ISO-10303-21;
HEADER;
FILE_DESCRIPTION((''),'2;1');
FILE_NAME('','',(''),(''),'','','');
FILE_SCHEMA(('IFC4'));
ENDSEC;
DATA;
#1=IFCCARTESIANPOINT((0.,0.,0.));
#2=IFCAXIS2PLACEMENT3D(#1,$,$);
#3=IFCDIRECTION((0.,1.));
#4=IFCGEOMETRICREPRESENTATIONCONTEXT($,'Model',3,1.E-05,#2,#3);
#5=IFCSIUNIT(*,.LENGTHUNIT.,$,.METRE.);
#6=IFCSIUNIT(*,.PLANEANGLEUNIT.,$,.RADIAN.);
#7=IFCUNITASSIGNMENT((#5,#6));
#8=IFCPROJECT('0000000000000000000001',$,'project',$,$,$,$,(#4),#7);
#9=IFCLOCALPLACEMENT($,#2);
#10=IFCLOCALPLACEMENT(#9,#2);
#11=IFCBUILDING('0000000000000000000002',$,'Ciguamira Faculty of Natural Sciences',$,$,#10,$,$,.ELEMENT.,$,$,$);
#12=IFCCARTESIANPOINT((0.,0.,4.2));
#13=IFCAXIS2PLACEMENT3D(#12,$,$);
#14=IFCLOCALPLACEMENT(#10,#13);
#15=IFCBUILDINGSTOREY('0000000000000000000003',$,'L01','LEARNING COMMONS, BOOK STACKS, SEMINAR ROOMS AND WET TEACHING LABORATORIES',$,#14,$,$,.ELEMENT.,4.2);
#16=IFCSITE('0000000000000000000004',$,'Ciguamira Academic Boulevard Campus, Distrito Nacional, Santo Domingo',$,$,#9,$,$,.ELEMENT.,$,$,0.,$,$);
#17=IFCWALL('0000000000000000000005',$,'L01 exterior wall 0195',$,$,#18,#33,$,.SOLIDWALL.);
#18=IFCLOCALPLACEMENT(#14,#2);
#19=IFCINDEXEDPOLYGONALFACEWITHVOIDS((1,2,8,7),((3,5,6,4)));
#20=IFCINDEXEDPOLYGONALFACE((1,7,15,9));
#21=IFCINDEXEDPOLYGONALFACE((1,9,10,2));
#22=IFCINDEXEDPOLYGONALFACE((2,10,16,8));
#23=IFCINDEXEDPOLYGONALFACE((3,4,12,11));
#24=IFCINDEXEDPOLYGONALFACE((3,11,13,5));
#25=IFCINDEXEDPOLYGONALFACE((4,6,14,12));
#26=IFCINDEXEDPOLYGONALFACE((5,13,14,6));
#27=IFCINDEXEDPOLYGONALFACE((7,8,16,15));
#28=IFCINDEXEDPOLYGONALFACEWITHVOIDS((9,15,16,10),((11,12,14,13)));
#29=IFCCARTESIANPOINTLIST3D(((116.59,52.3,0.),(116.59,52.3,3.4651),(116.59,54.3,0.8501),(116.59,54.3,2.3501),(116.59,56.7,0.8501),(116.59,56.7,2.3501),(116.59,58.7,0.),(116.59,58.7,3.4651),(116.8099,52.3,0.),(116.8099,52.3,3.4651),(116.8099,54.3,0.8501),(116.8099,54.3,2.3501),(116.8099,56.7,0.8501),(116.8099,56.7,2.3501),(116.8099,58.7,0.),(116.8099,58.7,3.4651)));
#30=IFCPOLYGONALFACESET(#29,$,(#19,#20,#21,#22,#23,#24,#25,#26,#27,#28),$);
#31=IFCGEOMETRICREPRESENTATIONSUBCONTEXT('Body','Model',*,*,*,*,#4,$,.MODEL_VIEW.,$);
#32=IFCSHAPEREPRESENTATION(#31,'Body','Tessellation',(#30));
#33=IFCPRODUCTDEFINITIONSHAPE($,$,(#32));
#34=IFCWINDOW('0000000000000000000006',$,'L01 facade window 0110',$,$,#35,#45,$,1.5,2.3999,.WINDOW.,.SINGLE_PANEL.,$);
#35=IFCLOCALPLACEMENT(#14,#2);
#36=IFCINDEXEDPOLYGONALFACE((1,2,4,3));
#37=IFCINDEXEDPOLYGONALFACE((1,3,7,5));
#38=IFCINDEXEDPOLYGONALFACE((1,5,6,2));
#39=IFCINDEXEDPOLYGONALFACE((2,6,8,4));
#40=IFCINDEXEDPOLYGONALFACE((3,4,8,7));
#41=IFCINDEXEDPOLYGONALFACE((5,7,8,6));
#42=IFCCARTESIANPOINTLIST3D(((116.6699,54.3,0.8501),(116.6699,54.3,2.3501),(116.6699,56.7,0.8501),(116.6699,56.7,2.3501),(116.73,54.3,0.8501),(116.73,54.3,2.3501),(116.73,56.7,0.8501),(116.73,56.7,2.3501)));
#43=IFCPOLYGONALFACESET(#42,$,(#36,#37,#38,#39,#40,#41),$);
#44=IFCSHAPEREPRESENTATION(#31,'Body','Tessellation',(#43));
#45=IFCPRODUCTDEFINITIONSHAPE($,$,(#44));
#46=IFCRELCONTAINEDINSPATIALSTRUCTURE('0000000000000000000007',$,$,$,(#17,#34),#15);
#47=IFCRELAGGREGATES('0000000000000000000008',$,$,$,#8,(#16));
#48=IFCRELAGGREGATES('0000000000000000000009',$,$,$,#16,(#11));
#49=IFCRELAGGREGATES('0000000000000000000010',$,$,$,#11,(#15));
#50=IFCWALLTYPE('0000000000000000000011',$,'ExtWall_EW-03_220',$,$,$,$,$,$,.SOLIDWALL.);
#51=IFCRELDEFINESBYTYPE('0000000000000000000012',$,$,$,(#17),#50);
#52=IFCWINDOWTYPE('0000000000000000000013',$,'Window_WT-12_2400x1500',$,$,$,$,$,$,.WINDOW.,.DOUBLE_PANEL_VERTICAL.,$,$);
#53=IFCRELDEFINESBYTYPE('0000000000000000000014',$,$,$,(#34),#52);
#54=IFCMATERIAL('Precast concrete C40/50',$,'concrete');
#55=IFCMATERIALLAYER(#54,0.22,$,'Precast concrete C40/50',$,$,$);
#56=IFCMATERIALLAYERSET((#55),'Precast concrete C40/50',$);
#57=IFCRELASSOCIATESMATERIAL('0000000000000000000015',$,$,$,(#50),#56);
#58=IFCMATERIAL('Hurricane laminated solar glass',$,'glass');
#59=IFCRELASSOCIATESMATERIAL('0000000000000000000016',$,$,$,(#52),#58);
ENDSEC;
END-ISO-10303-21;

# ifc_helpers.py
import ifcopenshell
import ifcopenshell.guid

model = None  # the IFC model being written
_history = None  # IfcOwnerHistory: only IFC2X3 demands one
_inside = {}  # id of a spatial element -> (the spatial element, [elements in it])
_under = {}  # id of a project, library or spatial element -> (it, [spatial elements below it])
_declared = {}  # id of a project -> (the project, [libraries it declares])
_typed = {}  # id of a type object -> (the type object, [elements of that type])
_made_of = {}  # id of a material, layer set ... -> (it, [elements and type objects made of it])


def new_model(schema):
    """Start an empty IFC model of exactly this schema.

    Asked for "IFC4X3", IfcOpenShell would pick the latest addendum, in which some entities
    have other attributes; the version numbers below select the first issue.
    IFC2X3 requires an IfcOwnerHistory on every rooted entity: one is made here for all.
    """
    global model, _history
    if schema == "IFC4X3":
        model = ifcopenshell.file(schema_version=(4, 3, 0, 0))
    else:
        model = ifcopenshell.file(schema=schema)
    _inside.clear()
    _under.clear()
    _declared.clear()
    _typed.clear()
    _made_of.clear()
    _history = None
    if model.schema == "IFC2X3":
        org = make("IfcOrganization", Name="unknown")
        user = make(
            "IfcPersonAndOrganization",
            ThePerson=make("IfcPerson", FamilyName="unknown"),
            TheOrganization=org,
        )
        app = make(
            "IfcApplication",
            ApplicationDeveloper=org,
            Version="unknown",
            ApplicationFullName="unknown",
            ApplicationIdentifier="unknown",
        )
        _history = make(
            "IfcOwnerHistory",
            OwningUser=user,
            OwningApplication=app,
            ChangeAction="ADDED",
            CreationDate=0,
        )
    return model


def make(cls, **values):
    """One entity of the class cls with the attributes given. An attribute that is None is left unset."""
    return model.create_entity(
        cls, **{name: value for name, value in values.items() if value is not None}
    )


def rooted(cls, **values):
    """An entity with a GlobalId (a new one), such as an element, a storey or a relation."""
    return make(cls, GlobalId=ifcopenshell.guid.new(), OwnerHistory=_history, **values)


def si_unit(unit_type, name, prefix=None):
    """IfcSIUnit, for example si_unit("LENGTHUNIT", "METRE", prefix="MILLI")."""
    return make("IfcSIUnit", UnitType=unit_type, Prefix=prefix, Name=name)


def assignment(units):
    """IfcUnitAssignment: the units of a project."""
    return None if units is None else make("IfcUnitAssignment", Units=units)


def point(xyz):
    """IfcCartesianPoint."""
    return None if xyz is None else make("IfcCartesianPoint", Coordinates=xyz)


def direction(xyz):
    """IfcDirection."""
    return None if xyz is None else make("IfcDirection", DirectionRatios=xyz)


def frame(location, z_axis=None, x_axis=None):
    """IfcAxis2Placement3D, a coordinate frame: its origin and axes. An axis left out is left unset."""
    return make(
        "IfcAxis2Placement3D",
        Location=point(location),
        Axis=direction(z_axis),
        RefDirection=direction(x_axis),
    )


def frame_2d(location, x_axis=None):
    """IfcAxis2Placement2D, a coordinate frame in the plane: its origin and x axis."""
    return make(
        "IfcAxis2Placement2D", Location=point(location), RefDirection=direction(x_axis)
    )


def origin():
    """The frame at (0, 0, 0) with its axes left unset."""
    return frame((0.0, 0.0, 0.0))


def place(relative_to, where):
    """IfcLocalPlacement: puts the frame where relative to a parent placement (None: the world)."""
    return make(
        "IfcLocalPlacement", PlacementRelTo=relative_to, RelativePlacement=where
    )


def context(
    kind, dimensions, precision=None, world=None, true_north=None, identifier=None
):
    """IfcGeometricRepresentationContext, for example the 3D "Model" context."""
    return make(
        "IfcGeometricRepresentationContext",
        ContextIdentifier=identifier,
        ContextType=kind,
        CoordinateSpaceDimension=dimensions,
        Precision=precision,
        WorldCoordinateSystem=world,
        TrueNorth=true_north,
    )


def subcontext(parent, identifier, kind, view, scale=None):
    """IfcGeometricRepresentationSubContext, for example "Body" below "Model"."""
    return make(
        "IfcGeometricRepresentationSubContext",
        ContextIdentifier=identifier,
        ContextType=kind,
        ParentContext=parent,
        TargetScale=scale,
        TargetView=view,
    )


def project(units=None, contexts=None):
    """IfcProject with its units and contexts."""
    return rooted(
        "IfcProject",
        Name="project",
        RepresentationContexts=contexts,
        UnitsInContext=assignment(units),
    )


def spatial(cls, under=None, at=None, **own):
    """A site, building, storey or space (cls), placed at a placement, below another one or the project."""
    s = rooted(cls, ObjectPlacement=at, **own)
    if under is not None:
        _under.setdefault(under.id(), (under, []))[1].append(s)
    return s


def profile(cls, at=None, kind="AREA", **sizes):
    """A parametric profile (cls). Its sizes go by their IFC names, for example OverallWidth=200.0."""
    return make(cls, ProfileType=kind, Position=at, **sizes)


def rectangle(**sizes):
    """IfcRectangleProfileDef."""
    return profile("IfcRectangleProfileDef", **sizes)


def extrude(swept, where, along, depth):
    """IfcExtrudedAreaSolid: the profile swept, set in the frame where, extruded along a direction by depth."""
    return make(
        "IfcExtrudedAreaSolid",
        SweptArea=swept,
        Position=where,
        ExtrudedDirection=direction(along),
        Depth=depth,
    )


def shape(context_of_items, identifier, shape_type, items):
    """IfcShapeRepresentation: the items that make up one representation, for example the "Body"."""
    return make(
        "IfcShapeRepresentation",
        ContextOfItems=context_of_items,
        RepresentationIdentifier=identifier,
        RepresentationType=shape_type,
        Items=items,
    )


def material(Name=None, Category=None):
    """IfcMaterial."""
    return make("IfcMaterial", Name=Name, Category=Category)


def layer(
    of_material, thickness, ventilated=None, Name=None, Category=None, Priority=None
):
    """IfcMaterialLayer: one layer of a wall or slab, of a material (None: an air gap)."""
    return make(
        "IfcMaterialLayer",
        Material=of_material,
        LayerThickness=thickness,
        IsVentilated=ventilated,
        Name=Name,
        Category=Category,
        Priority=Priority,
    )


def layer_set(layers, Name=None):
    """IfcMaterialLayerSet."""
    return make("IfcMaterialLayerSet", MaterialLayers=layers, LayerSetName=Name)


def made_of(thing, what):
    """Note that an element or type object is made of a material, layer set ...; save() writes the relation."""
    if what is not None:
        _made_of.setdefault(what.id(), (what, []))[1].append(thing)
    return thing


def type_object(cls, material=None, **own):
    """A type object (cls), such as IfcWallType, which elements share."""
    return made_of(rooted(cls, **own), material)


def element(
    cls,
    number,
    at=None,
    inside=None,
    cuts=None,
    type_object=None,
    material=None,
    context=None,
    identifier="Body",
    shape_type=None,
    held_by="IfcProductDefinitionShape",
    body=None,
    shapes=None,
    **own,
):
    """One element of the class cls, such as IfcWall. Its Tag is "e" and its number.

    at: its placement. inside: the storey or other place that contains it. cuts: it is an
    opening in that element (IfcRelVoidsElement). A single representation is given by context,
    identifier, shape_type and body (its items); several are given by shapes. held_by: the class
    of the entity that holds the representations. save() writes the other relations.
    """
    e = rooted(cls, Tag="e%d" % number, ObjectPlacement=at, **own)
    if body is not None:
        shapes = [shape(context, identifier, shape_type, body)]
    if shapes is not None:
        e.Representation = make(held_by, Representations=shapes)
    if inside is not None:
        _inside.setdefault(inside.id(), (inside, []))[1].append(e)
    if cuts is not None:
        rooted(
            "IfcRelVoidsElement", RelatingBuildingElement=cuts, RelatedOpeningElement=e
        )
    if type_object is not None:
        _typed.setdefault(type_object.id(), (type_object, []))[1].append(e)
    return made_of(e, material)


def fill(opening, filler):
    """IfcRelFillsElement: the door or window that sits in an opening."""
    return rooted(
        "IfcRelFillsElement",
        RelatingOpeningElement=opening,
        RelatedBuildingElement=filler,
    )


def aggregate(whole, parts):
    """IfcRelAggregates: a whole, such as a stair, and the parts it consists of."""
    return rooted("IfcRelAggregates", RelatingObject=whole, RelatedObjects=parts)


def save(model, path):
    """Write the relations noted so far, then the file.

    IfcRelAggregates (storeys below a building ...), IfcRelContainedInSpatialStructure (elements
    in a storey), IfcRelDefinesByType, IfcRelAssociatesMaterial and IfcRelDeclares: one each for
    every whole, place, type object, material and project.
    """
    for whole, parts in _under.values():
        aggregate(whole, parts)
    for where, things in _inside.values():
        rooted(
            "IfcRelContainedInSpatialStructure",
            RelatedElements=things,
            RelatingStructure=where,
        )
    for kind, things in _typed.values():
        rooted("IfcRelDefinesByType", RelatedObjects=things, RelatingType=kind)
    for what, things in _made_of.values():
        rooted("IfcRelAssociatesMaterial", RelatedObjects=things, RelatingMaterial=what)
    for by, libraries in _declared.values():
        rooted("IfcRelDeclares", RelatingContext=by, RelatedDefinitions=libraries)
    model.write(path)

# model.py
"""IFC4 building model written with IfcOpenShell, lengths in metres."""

from ifc_helpers import new_model, si_unit, direction, frame, frame_2d, origin, place, context, subcontext, project, spatial, rectangle, extrude, material, layer, layer_set, type_object, element, fill, save


model = new_model("IFC4")

# Units and contexts
model_context = context("Model", 3, precision=1e-05, world=origin(), true_north=direction((0.0, 1.0)))
body_context = subcontext(model_context, "Body", "Model", "MODEL_VIEW")
ifc_project = project(units=[si_unit("LENGTHUNIT", "METRE"), si_unit("PLANEANGLEUNIT", "RADIAN")], contexts=[model_context])

# Site, building, storey
site_placement = place(None, origin())
site = spatial("IfcSite", under=ifc_project, at=site_placement, Name="Ciguamira Academic Boulevard Campus, Distrito Nacional, Santo Domingo", CompositionType="ELEMENT", RefElevation=0.0)
building_placement = place(site_placement, origin())
building = spatial("IfcBuilding", under=site, at=building_placement, Name="Ciguamira Faculty of Natural Sciences", CompositionType="ELEMENT")
storey_placement = place(building_placement, frame((0.0, 0.0, 4.2)))
storey = spatial("IfcBuildingStorey", under=building, at=storey_placement, Name="L01", Description="LEARNING COMMONS, BOOK STACKS, SEMINAR ROOMS AND WET TEACHING LABORATORIES", CompositionType="ELEMENT", Elevation=4.2)

# Shared definitions
ifc_material_1 = material(Name="Precast concrete C40/50", Category="concrete")

# Wall, opening, window
ifc_layer_1 = layer(ifc_material_1, 0.22, Name="Precast concrete C40/50")
ifc_layer_set_1 = layer_set([ifc_layer_1], Name="Precast concrete C40/50")
wall_type = type_object("IfcWallType", Name="ExtWall_EW-03_220", PredefinedType="SOLIDWALL", material=ifc_layer_set_1)
ifc_material_2 = material(Name="Hurricane laminated solar glass", Category="glass")
wall_1_placement = place(storey_placement, frame((116.7, 52.3, 0.0), z_axis=(0.0, 0.0, 1.0), x_axis=(0.0, 1.0, 0.0)))
wall_1 = element("IfcWall", 1, at=wall_1_placement, inside=storey, type_object=wall_type, Name="L01 exterior wall 0195", PredefinedType="SOLIDWALL", context=body_context, shape_type="SweptSolid", body=[
    extrude(rectangle(XDim=6.3999, YDim=0.22, at=frame_2d((3.2, 0.0))), origin(), (0.0, 0.0, 1.0), 3.4651),
])
opening_1_placement = place(wall_1_placement, frame((2.0, 0.0, 0.8501)))
opening_1 = element("IfcOpeningElement", 2, at=opening_1_placement, cuts=wall_1, PredefinedType="OPENING", context=body_context, shape_type="SweptSolid", body=[
    extrude(rectangle(XDim=2.3999, YDim=1.5, at=frame_2d((1.2, 0.75))), frame((0.0, 0.1199, 0.0), z_axis=(0.0, -1.0, 0.0), x_axis=(1.0, 0.0, 0.0)), (0.0, 0.0, 1.0), 0.24),
])
window_type_1 = type_object("IfcWindowType", Name="Window_WT-12_2400x1500", PartitioningType="DOUBLE_PANEL_VERTICAL", PredefinedType="WINDOW", material=ifc_material_2)
window_1_placement = place(opening_1_placement, origin())
window_1 = element("IfcWindow", 3, at=window_1_placement, inside=storey, type_object=window_type_1, Name="L01 facade window 0110", OverallHeight=1.5, OverallWidth=2.3999, PartitioningType="SINGLE_PANEL", PredefinedType="WINDOW", context=body_context, shape_type="SweptSolid", body=[
    extrude(rectangle(XDim=2.3999, YDim=1.5, at=frame_2d((1.2, 0.75))), frame((0.0, 0.03, 0.0), z_axis=(0.0, -1.0, 0.0), x_axis=(1.0, 0.0, 0.0)), (0.0, 0.0, 1.0), 0.0601),
])
fill(opening_1, window_1)

save(model, "model.ifc")
